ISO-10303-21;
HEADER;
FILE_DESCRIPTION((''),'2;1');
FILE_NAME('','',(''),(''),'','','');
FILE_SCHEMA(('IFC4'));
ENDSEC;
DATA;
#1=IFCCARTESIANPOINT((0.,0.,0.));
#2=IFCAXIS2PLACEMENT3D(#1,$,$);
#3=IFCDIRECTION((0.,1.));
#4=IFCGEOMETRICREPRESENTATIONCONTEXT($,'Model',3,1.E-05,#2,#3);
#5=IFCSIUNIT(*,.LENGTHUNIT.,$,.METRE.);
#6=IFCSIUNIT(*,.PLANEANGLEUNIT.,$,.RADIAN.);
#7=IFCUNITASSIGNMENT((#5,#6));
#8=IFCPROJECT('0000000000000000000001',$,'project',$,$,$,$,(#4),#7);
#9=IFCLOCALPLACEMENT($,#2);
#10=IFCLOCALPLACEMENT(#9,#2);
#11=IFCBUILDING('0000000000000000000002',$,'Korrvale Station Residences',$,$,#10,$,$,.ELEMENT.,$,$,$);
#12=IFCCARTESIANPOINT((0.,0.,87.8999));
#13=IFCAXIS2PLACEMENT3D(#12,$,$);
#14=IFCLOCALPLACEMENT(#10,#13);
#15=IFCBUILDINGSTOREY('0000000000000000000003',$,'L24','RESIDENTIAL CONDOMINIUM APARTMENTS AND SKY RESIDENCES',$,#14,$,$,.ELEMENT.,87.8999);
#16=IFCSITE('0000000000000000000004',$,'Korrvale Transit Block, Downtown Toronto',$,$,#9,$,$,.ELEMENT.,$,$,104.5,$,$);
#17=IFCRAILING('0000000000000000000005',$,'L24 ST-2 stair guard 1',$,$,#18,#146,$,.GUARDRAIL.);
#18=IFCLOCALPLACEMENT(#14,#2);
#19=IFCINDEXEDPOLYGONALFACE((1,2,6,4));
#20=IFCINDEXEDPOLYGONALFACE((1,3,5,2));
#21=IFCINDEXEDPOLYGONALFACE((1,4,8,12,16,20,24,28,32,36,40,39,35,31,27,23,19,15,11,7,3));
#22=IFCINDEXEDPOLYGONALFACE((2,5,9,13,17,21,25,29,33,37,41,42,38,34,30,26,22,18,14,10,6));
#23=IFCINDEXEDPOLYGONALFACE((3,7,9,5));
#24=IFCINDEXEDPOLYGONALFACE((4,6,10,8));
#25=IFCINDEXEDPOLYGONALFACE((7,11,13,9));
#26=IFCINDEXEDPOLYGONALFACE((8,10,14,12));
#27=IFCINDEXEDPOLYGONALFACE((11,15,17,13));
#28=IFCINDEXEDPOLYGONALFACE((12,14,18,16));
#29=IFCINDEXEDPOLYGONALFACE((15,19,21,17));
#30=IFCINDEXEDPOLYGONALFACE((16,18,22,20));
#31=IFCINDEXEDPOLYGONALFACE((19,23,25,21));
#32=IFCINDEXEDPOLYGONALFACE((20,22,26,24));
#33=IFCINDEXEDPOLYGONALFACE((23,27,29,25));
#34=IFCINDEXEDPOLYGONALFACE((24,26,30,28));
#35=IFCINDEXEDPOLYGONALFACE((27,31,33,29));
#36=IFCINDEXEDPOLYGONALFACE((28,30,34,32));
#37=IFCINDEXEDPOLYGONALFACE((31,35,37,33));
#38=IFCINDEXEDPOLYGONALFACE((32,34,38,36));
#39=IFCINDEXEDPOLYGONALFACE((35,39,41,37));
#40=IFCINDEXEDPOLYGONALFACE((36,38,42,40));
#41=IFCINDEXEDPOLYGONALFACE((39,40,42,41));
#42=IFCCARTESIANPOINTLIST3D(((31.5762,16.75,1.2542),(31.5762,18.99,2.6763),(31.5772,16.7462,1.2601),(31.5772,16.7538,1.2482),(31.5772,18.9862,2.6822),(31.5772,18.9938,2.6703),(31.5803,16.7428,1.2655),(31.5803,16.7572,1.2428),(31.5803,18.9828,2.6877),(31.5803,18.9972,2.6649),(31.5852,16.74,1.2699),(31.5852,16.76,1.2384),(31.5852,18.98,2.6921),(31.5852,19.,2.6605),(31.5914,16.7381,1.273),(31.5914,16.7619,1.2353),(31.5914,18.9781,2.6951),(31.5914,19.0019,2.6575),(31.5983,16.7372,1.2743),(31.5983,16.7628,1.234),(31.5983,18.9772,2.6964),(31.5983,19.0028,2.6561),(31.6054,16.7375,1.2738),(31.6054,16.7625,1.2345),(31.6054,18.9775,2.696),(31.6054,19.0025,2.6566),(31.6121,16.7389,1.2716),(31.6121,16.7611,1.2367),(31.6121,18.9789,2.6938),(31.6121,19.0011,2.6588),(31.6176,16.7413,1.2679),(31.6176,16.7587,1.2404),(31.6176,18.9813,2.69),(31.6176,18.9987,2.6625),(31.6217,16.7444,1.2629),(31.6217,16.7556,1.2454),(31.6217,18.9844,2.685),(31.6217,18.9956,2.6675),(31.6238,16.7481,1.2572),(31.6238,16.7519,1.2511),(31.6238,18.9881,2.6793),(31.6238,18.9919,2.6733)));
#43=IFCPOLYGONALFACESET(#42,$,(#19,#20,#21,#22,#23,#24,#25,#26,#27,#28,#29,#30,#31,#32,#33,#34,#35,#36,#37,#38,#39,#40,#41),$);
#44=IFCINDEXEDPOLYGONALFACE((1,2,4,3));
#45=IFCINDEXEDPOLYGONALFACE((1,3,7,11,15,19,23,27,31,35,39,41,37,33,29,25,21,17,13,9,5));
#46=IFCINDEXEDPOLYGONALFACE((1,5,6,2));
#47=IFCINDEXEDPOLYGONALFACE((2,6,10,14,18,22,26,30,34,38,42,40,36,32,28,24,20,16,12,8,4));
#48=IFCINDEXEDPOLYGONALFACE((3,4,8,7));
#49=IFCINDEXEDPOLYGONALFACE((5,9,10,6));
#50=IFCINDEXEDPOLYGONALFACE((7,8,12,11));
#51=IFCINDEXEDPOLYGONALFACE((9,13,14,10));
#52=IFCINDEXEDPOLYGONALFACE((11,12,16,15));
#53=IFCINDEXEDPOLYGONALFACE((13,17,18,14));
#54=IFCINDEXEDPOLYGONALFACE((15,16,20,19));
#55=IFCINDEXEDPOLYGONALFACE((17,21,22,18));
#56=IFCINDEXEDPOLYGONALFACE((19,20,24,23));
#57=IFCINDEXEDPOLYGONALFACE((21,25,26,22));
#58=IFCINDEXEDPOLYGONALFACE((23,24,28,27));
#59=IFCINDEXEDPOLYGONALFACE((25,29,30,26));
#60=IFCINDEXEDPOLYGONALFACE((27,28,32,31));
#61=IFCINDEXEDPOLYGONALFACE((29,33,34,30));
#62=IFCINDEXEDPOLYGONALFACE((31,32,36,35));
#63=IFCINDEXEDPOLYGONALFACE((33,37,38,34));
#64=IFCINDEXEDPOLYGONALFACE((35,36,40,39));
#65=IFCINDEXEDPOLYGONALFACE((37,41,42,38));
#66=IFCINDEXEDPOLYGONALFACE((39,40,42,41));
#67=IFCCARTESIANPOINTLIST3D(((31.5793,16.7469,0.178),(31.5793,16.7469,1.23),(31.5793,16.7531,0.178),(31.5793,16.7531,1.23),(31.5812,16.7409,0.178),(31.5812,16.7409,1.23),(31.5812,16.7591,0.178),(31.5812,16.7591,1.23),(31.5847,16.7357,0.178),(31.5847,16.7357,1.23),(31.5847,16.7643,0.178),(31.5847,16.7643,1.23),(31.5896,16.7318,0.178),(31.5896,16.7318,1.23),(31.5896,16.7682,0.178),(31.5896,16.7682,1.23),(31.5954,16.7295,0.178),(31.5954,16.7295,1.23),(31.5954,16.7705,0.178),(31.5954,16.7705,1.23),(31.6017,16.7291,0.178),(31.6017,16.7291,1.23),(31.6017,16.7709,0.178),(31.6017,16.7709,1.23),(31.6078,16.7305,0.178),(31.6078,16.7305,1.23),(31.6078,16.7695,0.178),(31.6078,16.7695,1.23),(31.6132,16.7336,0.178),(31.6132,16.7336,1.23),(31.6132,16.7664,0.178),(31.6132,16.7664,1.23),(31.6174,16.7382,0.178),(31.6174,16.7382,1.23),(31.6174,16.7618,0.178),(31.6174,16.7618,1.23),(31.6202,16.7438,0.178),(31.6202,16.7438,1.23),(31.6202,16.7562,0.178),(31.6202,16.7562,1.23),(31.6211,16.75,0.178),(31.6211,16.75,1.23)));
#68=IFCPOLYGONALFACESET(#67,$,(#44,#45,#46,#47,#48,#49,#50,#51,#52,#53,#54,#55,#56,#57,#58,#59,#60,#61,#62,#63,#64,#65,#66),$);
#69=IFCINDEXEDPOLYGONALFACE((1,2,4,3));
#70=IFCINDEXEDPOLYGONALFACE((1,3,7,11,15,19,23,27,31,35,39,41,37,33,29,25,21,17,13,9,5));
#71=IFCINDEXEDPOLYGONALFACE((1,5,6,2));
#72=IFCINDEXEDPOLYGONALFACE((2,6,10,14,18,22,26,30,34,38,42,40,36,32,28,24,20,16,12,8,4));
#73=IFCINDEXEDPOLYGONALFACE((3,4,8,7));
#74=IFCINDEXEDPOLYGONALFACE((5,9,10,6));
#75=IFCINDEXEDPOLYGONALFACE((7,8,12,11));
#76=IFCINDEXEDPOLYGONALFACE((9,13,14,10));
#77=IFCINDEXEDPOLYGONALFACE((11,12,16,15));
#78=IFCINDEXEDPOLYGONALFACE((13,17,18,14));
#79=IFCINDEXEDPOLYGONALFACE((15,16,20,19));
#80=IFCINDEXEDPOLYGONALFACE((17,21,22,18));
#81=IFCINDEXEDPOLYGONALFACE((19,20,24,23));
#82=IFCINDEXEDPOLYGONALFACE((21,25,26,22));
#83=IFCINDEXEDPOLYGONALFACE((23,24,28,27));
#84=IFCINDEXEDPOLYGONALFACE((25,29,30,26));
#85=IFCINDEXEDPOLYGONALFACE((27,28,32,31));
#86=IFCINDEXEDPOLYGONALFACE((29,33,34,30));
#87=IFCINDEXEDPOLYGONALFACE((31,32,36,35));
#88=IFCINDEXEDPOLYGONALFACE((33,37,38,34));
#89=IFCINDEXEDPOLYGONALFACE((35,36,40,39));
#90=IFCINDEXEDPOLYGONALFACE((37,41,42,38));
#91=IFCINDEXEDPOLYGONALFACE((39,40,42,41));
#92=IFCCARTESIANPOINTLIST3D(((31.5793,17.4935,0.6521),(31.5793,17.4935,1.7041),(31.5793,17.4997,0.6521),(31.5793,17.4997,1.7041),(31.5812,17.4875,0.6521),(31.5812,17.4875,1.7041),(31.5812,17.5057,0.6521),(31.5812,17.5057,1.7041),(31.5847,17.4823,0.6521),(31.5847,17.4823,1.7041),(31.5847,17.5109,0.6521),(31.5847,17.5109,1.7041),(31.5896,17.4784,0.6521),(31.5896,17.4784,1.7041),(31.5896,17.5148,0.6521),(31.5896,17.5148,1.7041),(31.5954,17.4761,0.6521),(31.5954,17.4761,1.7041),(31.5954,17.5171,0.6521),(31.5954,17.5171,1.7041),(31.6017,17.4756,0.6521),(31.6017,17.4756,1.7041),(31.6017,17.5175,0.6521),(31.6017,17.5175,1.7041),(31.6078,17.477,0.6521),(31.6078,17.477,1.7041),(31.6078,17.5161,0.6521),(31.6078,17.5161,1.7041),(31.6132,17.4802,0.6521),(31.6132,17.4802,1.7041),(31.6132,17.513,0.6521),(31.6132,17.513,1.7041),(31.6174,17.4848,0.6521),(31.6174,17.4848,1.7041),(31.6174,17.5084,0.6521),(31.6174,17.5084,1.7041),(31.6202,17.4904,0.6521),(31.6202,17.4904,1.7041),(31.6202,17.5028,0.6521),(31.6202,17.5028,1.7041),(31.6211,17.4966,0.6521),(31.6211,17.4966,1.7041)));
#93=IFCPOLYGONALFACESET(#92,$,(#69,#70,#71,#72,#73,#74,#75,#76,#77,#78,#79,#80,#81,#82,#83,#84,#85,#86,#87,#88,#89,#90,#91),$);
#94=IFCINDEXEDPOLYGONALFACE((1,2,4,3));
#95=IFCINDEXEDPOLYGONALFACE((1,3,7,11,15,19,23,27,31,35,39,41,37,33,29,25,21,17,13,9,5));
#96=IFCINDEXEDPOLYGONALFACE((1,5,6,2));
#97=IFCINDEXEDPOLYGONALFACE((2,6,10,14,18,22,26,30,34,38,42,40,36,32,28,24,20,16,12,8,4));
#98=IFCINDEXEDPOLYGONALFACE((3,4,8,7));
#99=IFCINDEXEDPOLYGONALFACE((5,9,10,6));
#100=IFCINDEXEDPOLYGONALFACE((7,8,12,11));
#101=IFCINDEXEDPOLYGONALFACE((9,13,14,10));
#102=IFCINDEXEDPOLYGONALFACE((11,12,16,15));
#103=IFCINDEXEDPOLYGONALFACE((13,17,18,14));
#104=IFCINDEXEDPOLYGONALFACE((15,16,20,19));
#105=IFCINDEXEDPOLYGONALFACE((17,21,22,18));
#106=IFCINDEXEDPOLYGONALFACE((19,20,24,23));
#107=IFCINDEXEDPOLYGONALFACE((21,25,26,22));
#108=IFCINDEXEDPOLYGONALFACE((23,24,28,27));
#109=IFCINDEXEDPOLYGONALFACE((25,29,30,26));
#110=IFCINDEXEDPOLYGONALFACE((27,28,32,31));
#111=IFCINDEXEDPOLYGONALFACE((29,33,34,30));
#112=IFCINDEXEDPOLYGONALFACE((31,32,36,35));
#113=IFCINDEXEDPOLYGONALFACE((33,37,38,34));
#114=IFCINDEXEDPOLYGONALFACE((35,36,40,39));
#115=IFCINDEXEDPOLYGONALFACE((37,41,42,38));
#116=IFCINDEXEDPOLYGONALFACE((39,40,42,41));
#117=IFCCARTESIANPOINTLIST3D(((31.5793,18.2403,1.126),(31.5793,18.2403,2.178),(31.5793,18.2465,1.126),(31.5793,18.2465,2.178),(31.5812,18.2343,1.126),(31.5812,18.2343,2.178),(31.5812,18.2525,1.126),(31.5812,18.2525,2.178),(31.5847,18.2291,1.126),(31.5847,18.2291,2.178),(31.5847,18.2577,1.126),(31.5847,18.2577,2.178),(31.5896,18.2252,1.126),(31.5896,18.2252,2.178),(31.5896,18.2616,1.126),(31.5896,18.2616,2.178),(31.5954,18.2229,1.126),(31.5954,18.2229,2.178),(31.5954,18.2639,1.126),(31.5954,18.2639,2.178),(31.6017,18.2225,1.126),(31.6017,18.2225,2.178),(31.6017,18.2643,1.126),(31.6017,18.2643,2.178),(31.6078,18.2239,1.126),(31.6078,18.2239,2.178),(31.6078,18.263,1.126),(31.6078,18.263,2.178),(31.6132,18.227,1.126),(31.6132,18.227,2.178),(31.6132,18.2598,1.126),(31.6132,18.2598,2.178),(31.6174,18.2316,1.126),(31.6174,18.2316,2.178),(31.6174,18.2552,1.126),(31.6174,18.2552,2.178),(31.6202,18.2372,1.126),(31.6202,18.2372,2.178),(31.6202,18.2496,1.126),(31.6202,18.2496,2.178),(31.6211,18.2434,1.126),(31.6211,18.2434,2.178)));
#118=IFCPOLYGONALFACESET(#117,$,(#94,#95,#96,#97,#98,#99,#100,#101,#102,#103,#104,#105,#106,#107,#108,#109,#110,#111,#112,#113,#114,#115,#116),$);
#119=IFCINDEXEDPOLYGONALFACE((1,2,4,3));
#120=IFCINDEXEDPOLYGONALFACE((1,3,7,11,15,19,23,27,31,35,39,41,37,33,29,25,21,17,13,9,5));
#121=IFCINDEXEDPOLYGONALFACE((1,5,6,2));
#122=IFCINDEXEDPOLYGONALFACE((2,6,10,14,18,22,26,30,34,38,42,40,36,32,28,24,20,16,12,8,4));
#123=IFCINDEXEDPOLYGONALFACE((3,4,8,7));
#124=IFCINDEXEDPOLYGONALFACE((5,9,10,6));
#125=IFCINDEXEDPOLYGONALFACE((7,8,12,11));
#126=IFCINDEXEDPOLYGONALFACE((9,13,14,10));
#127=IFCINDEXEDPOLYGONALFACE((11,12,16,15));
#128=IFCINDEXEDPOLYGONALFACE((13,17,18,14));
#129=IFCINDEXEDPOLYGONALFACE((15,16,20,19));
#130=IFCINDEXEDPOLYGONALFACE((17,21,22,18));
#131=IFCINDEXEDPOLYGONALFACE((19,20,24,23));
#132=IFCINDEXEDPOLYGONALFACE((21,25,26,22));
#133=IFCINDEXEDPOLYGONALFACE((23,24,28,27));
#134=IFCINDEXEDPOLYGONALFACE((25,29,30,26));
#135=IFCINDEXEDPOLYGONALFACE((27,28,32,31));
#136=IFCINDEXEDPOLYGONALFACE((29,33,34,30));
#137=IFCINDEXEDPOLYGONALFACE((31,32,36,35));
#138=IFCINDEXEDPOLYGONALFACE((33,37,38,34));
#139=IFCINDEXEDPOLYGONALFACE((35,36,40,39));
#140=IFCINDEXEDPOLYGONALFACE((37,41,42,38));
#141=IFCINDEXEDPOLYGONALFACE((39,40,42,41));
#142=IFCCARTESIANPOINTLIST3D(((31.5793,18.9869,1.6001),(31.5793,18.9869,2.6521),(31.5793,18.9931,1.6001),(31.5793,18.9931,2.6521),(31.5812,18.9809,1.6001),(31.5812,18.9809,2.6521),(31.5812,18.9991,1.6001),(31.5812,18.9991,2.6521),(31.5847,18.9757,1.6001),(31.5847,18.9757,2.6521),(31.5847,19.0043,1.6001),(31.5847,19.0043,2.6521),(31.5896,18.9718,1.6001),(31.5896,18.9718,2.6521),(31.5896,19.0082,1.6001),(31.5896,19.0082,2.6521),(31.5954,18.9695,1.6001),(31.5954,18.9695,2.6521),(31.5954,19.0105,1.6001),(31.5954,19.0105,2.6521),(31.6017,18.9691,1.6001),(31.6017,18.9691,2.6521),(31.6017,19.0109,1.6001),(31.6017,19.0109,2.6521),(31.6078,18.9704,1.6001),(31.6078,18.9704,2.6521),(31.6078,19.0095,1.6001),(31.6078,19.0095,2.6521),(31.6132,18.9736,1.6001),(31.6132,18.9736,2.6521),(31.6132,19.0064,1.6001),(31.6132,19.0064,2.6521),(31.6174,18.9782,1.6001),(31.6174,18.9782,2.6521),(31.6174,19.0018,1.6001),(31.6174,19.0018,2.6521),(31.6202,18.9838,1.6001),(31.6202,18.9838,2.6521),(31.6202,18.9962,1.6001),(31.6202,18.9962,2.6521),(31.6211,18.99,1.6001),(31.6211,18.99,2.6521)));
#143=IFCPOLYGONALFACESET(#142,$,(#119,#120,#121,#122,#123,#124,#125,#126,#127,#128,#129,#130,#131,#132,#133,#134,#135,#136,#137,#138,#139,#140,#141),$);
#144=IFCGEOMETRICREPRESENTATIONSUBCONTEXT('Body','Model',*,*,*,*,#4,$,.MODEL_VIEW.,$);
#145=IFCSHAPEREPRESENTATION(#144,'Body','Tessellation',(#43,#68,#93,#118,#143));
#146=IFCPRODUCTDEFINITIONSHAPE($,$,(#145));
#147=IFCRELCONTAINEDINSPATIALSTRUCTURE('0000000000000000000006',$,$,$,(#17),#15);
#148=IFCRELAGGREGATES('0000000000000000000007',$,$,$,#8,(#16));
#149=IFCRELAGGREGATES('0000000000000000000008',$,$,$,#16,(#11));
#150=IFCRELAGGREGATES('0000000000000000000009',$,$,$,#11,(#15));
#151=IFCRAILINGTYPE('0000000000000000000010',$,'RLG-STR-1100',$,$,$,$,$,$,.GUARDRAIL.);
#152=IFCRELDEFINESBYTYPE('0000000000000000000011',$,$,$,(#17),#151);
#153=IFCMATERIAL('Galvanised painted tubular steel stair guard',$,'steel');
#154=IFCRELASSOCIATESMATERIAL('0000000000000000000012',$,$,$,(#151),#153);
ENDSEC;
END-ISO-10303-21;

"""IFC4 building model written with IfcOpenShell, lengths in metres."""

from ifc_helpers import new_model, si_unit, direction, frame, origin, origin_2d, place, context, subcontext, project, spatial, circle, extrude, material, type_object, element, save


model = new_model("IFC4")

# Units and contexts
model_context = context("Model", 3, precision=1e-05, world=origin(), true_north=direction((0.0, 1.0)))
body_context = subcontext(model_context, "Body", "Model", "MODEL_VIEW")
ifc_project = project(units=[si_unit("LENGTHUNIT", "METRE"), si_unit("PLANEANGLEUNIT", "RADIAN")], contexts=[model_context])

# Site, building, storey
site_placement = place(None, origin())
site = spatial("IfcSite", under=ifc_project, at=site_placement, Name="Korrvale Transit Block, Downtown Toronto", CompositionType="ELEMENT", RefElevation=104.5)
building_placement = place(site_placement, origin())
building = spatial("IfcBuilding", under=site, at=building_placement, Name="Korrvale Station Residences", CompositionType="ELEMENT")
storey_placement = place(building_placement, frame((0.0, 0.0, 87.8999)))
storey = spatial("IfcBuildingStorey", under=building, at=storey_placement, Name="L24", Description="RESIDENTIAL CONDOMINIUM APARTMENTS AND SKY RESIDENCES", CompositionType="ELEMENT", Elevation=87.8999)

# Railing
ifc_material_1 = material(Name="Galvanised painted tubular steel stair guard", Category="steel")
railing_type_1 = type_object("IfcRailingType", Name="RLG-STR-1100", PredefinedType="GUARDRAIL", material=ifc_material_1)
railing_1_placement = place(storey_placement, frame((31.6001, 16.75, 0.178)))
element("IfcRailing", 1, at=railing_1_placement, inside=storey, type_object=railing_type_1, Name="L24 ST-2 stair guard 1", PredefinedType="GUARDRAIL", context=body_context, shape_type="SweptSolid", body=[
    extrude(circle(Radius=0.0239, at=origin_2d()), frame((0.0, 0.0, 1.0762), z_axis=(0.0, 0.844229, 0.535982), x_axis=(-1.0, 0.0, 0.0)), (0.0, 0.0, 1.0), 2.6533),
    extrude(circle(Radius=0.021, at=origin_2d()), origin(), (0.0, 0.0, 1.0), 1.052),
    extrude(circle(Radius=0.021, at=origin_2d()), frame((0.0, 0.7466, 0.4741)), (0.0, 0.0, 1.0), 1.052),
    extrude(circle(Radius=0.021, at=origin_2d()), frame((0.0, 1.4934, 0.948)), (0.0, 0.0, 1.0), 1.052),
    extrude(circle(Radius=0.021, at=origin_2d()), frame((0.0, 2.24, 1.4221)), (0.0, 0.0, 1.0), 1.052),
])

save(model, "model.ifc")
